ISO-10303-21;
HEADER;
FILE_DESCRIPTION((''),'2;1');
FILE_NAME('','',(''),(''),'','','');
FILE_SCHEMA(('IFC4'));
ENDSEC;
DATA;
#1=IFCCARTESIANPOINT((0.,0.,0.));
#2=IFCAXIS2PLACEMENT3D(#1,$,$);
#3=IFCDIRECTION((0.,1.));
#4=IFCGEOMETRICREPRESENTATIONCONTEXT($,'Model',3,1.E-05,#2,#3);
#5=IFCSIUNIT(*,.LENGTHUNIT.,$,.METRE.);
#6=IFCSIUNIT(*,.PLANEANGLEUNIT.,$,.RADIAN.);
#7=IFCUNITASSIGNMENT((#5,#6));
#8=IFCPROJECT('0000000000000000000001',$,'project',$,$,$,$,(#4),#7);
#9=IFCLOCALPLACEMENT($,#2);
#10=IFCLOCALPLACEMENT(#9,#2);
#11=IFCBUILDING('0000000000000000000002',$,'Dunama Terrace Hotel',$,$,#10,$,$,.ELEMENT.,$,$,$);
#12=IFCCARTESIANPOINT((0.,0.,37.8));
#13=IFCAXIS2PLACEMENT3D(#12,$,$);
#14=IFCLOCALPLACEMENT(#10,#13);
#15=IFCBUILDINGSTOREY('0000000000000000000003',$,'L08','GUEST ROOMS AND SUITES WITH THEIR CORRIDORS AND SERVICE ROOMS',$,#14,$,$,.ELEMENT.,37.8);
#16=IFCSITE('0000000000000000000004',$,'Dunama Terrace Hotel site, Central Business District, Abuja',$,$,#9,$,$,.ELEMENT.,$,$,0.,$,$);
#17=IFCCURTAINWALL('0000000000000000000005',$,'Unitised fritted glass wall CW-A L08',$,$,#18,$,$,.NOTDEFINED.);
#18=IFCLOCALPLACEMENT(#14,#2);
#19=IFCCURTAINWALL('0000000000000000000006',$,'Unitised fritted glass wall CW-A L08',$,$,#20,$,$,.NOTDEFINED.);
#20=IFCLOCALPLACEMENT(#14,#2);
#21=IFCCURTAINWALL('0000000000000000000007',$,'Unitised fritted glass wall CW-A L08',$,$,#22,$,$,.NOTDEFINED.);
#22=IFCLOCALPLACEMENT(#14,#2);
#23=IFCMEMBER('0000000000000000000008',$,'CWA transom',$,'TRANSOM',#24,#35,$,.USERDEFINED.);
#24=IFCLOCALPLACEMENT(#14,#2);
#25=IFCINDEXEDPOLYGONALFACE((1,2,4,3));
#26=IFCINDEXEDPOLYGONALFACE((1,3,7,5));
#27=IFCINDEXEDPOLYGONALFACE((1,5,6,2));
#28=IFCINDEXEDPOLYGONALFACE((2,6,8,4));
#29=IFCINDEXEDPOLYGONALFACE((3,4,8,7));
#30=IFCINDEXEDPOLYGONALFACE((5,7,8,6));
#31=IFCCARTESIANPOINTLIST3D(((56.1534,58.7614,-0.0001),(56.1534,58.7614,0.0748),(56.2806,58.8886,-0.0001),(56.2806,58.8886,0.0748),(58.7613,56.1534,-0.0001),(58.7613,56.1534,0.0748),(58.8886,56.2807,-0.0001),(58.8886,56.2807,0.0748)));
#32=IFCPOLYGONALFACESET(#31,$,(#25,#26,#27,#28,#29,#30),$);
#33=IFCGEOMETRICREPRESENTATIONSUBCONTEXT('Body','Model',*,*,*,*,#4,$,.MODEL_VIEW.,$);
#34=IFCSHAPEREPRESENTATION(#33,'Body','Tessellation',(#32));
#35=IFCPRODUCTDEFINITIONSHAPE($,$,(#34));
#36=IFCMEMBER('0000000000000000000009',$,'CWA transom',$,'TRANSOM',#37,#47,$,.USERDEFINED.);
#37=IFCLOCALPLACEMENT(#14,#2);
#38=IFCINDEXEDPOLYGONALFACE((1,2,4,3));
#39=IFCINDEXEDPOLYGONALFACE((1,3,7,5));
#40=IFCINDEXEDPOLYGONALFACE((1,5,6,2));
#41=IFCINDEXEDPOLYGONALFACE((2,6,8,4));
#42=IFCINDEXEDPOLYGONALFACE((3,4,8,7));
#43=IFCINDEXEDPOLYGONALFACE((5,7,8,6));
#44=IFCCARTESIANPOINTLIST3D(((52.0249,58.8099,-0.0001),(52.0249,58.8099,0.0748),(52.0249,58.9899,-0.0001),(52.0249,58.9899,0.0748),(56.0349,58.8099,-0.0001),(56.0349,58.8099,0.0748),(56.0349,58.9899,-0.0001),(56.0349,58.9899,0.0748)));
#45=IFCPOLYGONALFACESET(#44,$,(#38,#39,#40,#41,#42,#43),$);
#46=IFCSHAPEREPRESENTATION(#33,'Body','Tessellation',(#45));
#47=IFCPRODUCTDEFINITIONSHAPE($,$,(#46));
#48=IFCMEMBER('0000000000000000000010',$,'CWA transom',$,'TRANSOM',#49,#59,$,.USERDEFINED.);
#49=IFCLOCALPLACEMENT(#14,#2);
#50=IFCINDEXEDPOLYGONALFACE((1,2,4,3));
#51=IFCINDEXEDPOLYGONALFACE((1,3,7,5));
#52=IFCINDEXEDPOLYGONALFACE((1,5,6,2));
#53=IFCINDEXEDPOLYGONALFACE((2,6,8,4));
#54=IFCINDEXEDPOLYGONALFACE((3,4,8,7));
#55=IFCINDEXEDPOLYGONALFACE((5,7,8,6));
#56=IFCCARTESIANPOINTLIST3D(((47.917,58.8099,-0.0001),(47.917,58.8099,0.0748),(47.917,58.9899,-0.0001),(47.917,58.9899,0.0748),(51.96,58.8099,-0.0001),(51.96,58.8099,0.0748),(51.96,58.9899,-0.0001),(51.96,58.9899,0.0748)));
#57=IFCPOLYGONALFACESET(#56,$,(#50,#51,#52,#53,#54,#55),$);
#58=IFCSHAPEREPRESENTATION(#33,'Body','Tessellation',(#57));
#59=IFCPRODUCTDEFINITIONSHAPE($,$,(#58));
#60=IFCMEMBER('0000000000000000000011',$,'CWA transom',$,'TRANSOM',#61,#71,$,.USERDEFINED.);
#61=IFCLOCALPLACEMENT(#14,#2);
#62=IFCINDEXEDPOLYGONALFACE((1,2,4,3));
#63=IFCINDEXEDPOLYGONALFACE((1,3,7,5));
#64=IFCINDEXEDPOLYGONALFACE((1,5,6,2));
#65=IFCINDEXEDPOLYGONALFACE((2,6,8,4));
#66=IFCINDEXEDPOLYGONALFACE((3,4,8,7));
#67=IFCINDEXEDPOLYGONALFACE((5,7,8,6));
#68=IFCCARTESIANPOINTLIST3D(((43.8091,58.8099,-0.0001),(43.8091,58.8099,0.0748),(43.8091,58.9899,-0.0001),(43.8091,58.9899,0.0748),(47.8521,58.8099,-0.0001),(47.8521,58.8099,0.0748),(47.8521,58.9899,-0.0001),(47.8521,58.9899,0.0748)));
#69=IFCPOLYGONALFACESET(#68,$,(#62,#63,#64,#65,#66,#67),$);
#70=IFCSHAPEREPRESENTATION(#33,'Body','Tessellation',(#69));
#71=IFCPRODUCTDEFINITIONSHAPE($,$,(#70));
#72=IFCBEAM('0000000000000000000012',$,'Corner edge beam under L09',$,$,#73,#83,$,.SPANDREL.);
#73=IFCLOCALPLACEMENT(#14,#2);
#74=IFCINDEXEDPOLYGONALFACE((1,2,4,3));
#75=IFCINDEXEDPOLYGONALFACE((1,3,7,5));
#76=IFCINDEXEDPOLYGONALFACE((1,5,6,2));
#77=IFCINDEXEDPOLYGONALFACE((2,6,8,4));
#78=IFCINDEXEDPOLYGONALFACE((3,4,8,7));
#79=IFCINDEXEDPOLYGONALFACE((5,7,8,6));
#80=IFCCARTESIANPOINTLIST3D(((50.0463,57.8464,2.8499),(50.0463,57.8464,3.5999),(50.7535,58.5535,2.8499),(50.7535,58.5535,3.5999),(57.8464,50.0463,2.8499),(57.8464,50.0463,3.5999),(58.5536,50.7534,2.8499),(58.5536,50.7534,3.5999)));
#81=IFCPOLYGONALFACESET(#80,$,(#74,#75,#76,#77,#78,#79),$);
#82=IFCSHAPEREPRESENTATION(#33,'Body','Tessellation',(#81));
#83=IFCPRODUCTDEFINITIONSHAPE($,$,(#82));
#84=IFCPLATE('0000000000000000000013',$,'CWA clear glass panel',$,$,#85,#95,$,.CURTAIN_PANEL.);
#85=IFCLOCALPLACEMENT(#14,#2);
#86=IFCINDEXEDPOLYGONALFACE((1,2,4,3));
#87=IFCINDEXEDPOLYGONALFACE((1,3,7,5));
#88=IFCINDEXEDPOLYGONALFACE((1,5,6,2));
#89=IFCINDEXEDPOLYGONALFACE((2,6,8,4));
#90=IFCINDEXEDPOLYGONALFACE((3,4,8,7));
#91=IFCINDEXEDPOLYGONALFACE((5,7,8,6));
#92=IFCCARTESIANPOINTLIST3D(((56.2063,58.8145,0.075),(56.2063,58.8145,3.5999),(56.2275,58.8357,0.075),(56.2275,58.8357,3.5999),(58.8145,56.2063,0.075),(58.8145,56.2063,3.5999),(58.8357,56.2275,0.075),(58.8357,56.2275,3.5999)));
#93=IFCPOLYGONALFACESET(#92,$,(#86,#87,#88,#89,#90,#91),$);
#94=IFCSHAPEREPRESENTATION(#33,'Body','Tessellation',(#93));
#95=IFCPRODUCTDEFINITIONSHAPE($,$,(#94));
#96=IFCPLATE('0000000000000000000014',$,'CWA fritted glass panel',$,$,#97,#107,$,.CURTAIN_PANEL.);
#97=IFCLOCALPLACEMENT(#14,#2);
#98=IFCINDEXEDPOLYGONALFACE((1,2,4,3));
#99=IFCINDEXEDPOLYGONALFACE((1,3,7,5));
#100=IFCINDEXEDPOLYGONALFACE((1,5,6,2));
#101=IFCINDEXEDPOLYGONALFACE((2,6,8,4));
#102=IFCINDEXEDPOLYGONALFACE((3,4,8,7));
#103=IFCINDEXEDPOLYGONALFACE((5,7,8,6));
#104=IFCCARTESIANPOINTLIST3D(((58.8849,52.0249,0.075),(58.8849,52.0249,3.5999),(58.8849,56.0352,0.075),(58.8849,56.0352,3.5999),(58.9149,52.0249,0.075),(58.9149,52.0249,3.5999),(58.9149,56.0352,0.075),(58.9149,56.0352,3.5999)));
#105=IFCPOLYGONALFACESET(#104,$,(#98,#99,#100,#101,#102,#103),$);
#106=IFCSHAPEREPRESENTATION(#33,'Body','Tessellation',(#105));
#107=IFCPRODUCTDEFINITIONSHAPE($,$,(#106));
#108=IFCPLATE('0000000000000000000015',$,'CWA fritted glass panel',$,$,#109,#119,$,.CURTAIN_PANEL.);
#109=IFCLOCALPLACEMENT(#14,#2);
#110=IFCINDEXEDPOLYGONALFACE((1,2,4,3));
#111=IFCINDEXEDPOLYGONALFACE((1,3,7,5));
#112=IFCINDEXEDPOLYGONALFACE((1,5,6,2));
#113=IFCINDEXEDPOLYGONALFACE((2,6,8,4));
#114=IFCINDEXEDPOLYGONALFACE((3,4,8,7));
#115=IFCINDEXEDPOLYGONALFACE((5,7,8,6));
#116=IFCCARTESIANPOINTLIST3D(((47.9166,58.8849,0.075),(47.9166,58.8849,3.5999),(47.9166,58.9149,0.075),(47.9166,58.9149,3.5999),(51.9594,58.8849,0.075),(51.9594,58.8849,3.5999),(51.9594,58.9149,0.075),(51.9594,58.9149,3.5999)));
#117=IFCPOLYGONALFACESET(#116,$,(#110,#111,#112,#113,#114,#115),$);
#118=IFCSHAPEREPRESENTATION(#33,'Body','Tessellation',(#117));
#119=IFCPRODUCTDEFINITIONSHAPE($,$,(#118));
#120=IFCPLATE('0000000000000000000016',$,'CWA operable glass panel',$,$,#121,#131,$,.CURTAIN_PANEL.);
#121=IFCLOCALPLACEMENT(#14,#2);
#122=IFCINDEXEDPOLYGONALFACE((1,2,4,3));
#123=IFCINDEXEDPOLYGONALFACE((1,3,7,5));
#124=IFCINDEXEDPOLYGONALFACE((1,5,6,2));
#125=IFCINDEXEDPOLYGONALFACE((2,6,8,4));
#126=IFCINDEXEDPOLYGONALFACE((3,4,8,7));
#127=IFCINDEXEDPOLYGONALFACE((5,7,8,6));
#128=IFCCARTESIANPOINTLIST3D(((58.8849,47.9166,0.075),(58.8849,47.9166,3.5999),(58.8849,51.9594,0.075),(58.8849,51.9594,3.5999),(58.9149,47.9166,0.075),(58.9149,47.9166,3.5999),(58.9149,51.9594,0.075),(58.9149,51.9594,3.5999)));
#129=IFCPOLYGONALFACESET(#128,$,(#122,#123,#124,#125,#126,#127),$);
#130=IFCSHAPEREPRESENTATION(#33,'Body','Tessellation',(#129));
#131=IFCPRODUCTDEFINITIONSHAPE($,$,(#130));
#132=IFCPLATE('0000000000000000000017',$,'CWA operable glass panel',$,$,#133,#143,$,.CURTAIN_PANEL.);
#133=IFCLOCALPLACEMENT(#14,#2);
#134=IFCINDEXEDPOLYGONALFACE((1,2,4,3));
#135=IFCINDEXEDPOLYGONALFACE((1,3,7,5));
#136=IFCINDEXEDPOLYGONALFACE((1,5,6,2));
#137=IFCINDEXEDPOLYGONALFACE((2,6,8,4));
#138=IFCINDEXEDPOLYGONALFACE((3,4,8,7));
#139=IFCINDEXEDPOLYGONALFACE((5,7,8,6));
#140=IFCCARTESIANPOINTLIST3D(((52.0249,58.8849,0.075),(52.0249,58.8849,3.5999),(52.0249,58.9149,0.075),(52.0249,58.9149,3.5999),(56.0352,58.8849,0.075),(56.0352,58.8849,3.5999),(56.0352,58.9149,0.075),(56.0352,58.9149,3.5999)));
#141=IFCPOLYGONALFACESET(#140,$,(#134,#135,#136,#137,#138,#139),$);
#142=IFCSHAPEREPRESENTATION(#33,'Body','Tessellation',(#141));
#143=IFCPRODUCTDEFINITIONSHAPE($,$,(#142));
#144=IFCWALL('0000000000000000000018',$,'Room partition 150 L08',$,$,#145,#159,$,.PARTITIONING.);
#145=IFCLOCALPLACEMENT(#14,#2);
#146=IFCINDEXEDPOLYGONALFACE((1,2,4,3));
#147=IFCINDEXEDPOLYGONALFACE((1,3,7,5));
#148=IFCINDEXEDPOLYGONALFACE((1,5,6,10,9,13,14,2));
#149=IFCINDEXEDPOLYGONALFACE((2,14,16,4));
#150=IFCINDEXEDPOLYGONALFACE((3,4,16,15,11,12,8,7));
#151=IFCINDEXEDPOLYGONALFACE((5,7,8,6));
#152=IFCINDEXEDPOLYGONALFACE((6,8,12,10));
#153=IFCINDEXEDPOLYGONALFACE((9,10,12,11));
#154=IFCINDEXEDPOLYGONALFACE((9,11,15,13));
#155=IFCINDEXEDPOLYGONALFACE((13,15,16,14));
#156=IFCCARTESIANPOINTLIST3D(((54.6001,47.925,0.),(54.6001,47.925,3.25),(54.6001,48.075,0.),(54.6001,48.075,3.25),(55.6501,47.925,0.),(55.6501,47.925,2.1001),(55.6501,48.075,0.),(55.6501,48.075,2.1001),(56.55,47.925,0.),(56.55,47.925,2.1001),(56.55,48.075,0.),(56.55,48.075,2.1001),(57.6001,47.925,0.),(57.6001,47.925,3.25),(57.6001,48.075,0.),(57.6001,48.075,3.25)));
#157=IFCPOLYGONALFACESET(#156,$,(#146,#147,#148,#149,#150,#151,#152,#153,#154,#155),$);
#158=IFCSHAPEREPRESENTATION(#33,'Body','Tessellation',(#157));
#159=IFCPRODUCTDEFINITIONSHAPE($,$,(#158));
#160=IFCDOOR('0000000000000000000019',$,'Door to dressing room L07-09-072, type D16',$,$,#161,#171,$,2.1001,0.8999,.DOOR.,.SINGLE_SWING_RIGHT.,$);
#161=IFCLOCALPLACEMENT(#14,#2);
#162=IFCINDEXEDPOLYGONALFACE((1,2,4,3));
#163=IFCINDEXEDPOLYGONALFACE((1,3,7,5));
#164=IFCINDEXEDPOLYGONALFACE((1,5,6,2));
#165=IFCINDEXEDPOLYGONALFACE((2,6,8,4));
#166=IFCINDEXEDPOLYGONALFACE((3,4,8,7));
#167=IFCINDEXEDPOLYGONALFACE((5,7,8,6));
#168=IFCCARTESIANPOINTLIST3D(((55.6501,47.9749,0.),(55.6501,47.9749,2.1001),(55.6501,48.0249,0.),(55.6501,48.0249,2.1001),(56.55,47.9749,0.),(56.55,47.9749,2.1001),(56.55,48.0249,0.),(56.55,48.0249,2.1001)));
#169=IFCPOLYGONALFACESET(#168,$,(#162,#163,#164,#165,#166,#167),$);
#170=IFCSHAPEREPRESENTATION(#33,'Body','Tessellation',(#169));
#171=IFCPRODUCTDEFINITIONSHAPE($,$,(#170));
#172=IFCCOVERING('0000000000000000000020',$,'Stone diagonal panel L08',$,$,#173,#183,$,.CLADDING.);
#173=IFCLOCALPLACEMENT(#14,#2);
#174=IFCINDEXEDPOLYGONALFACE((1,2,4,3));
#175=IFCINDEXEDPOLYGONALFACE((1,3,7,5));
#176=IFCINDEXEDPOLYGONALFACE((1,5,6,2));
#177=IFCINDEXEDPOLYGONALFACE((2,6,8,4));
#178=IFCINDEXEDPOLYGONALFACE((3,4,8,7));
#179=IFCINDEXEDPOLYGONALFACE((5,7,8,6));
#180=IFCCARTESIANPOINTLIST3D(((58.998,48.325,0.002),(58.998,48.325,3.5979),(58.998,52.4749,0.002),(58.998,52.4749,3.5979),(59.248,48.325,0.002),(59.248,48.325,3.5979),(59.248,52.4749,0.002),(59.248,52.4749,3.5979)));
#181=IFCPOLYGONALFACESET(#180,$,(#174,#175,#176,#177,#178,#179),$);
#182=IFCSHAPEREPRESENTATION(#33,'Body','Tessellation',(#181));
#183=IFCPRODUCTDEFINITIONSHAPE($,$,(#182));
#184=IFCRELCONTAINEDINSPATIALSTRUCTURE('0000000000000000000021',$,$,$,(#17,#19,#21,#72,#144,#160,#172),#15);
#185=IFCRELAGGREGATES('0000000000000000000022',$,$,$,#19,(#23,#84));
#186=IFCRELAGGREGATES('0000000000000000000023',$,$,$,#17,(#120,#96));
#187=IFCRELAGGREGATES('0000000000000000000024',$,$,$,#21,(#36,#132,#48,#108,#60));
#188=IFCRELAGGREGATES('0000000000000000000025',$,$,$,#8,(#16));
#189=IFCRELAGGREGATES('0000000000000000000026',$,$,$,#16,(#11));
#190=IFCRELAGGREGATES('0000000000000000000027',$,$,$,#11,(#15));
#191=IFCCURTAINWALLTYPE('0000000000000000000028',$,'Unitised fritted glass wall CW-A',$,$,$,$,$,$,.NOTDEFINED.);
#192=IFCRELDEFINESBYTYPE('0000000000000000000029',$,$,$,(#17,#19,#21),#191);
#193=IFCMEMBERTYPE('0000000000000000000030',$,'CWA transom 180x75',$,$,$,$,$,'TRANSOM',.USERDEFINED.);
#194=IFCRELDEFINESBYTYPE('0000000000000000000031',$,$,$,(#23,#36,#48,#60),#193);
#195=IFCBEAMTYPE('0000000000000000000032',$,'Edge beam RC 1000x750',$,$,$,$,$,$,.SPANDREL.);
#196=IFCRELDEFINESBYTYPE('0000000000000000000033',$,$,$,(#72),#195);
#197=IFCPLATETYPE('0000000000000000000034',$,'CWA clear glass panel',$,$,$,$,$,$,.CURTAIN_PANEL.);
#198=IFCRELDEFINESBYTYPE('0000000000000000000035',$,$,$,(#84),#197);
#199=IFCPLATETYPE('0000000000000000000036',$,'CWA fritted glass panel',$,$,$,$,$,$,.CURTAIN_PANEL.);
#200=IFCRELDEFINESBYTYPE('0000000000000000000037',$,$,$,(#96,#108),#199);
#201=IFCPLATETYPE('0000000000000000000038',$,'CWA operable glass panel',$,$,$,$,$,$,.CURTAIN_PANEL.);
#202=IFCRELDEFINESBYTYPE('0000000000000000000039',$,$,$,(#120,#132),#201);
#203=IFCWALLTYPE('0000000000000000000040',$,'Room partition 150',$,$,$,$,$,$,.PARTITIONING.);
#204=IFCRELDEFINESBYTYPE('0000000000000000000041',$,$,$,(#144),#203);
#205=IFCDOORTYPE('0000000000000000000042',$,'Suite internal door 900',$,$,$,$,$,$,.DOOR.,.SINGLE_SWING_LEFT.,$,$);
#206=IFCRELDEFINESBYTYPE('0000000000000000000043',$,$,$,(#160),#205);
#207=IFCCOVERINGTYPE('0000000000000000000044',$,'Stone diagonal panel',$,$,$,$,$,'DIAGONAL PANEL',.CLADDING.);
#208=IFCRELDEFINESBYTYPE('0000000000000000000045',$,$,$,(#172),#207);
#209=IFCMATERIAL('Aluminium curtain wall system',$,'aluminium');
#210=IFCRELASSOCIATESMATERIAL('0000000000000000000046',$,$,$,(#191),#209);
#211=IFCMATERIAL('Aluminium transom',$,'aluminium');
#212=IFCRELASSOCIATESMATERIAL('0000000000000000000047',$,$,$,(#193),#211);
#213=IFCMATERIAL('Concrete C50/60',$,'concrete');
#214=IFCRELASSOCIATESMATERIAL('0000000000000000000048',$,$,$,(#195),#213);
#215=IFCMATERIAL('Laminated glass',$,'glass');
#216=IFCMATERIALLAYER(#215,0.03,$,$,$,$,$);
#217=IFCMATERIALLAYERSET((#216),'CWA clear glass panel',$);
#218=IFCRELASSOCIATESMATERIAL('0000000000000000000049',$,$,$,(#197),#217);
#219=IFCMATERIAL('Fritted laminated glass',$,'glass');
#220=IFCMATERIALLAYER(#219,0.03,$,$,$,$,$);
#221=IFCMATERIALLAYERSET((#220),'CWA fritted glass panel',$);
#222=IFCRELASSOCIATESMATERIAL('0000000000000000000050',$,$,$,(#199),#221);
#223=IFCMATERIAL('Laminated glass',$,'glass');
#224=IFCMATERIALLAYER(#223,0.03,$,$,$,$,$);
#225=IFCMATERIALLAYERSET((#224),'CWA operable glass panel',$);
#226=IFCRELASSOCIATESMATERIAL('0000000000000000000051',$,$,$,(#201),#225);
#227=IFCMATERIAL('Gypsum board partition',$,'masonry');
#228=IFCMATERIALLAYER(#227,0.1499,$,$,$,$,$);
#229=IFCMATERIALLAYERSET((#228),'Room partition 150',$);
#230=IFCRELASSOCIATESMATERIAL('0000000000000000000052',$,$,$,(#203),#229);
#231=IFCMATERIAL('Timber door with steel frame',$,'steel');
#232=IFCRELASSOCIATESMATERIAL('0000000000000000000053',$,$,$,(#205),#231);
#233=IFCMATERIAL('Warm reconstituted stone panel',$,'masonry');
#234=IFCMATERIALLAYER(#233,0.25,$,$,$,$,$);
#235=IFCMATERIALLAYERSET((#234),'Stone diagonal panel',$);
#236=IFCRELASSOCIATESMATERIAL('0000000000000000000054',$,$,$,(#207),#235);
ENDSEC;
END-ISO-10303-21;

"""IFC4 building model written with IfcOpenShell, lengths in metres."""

from ifc_helpers import new_model, si_unit, direction, frame, frame_2d, origin, origin_2d, place, context, subcontext, project, spatial, rectangle, extrude, material, layer, layer_set, material_profile, profile_set, type_object, element, fill, aggregate, save


model = new_model("IFC4")

# Units and contexts
model_context = context("Model", 3, precision=1e-05, world=origin(), true_north=direction((0.0, 1.0)))
body_context = subcontext(model_context, "Body", "Model", "MODEL_VIEW")
ifc_project = project(units=[si_unit("LENGTHUNIT", "METRE"), si_unit("PLANEANGLEUNIT", "RADIAN")], contexts=[model_context])

# Site, building, storey
site_placement = place(None, origin())
site = spatial("IfcSite", under=ifc_project, at=site_placement, Name="Dunama Terrace Hotel site, Central Business District, Abuja", CompositionType="ELEMENT", RefElevation=0.0)
building_placement = place(site_placement, origin())
building = spatial("IfcBuilding", under=site, at=building_placement, Name="Dunama Terrace Hotel", CompositionType="ELEMENT")
storey_placement = place(building_placement, frame((0.0, 0.0, 37.8)))
storey = spatial("IfcBuildingStorey", under=building, at=storey_placement, Name="L08", Description="GUEST ROOMS AND SUITES WITH THEIR CORRIDORS AND SERVICE ROOMS", CompositionType="ELEMENT", Elevation=37.8)

# Curtain walls
ifc_material_1 = material(Name="Aluminium curtain wall system", Category="aluminium")
curtain_wall_type = type_object("IfcCurtainWallType", Name="Unitised fritted glass wall CW-A", PredefinedType="NOTDEFINED", material=ifc_material_1)
curtain_wall_1_placement = place(storey_placement, origin())
curtain_wall_1 = element("IfcCurtainWall", 1, at=curtain_wall_1_placement, inside=storey, type_object=curtain_wall_type, Name="Unitised fritted glass wall CW-A L08", PredefinedType="NOTDEFINED")
curtain_wall_2_placement = place(storey_placement, origin())
curtain_wall_2 = element("IfcCurtainWall", 2, at=curtain_wall_2_placement, inside=storey, type_object=curtain_wall_type, Name="Unitised fritted glass wall CW-A L08", PredefinedType="NOTDEFINED")
curtain_wall_3_placement = place(storey_placement, origin())
curtain_wall_3 = element("IfcCurtainWall", 3, at=curtain_wall_3_placement, inside=storey, type_object=curtain_wall_type, Name="Unitised fritted glass wall CW-A L08", PredefinedType="NOTDEFINED")

# Members
ifc_material_2 = material(Name="Aluminium transom", Category="aluminium")
ifc_material_profile_1 = material_profile(ifc_material_2, rectangle(XDim=0.1799, YDim=0.075, at=origin_2d()), Name="CWA TRANSOM 180X75")
ifc_profile_set_1 = profile_set([ifc_material_profile_1], Name="Aluminium transom")
member_type_1 = type_object("IfcMemberType", Name="CWA transom 180x75", ElementType="TRANSOM", PredefinedType="USERDEFINED", material=ifc_profile_set_1)
member_1_placement = place(storey_placement, frame((58.825, 56.217, 0.0374), z_axis=(-0.707107, 0.707107, 0.0), x_axis=(-0.707107, -0.707107, 0.0)))
member_1 = element("IfcMember", 4, at=member_1_placement, type_object=member_type_1, Name="CWA transom", ObjectType="TRANSOM", PredefinedType="USERDEFINED", context=body_context, shape_type="SweptSolid", body=[
    extrude(rectangle(XDim=0.1799, YDim=0.075, at=origin_2d()), origin(), (0.0, 0.0, 1.0), 3.6882),
])
member_2_placement = place(storey_placement, frame((56.0349, 58.8999, 0.0374), z_axis=(-1.0, 0.0, 0.0), x_axis=(0.0, -1.0, 0.0)))
member_2 = element("IfcMember", 5, at=member_2_placement, type_object=member_type_1, Name="CWA transom", ObjectType="TRANSOM", PredefinedType="USERDEFINED", context=body_context, shape_type="SweptSolid", body=[
    extrude(rectangle(XDim=0.1799, YDim=0.075, at=origin_2d()), origin(), (0.0, 0.0, 1.0), 4.01),
])
member_3_placement = place(storey_placement, frame((51.96, 58.8999, 0.0374), z_axis=(-1.0, 0.0, 0.0), x_axis=(0.0, -1.0, 0.0)))
member_3 = element("IfcMember", 6, at=member_3_placement, type_object=member_type_1, Name="CWA transom", ObjectType="TRANSOM", PredefinedType="USERDEFINED", context=body_context, shape_type="SweptSolid", body=[
    extrude(rectangle(XDim=0.1799, YDim=0.075, at=origin_2d()), origin(), (0.0, 0.0, 1.0), 4.043),
])
member_4_placement = place(storey_placement, frame((47.8521, 58.8999, 0.0374), z_axis=(-1.0, 0.0, 0.0), x_axis=(0.0, -1.0, 0.0)))
member_4 = element("IfcMember", 7, at=member_4_placement, type_object=member_type_1, Name="CWA transom", ObjectType="TRANSOM", PredefinedType="USERDEFINED", context=body_context, shape_type="SweptSolid", body=[
    extrude(rectangle(XDim=0.1799, YDim=0.075, at=origin_2d()), origin(), (0.0, 0.0, 1.0), 4.043),
])

# Beam
ifc_material_3 = material(Name="Concrete C50/60", Category="concrete")
ifc_material_profile_2 = material_profile(ifc_material_3, rectangle(XDim=1.0, YDim=0.75, at=origin_2d()), Name="RC 1000x750")
ifc_profile_set_2 = profile_set([ifc_material_profile_2], Name="Concrete C50/60")
beam_type = type_object("IfcBeamType", Name="Edge beam RC 1000x750", PredefinedType="SPANDREL", material=ifc_profile_set_2)
beam_placement = place(storey_placement, frame((50.3999, 58.2, 3.2249), z_axis=(0.707107, -0.707107, 0.0), x_axis=(0.707107, 0.707107, 0.0)))
element("IfcBeam", 8, at=beam_placement, inside=storey, type_object=beam_type, Name="Corner edge beam under L09", PredefinedType="SPANDREL", context=body_context, shape_type="SweptSolid", body=[
    extrude(rectangle(XDim=1.0, YDim=0.75, at=origin_2d()), origin(), (0.0, 0.0, 1.0), 11.031),
])

# Plates
ifc_material_4 = material(Name="Laminated glass", Category="glass")
ifc_layer_1 = layer(ifc_material_4, 0.03)
ifc_layer_set_1 = layer_set([ifc_layer_1], Name="CWA clear glass panel")
plate_type_1 = type_object("IfcPlateType", Name="CWA clear glass panel", PredefinedType="CURTAIN_PANEL", material=ifc_layer_set_1)
plate_1_placement = place(storey_placement, frame((57.521, 57.521, 0.075), z_axis=(0.0, 0.0, 1.0), x_axis=(-0.707107, 0.707107, 0.0)))
plate_1 = element("IfcPlate", 9, at=plate_1_placement, type_object=plate_type_1, Name="CWA clear glass panel", PredefinedType="CURTAIN_PANEL", context=body_context, shape_type="SweptSolid", body=[
    extrude(rectangle(XDim=3.6885, YDim=0.03, at=origin_2d()), origin(), (0.0, 0.0, 1.0), 3.5249),
])
aggregate(curtain_wall_2, [member_1, plate_1])
ifc_material_5 = material(Name="Fritted laminated glass", Category="glass")
ifc_layer_2 = layer(ifc_material_5, 0.03)
ifc_layer_set_2 = layer_set([ifc_layer_2], Name="CWA fritted glass panel")
plate_type_2 = type_object("IfcPlateType", Name="CWA fritted glass panel", PredefinedType="CURTAIN_PANEL", material=ifc_layer_set_2)
plate_2_placement = place(storey_placement, frame((58.8999, 54.03, 0.075), z_axis=(0.0, 0.0, 1.0), x_axis=(0.0, 1.0, 0.0)))
plate_2 = element("IfcPlate", 10, at=plate_2_placement, type_object=plate_type_2, Name="CWA fritted glass panel", PredefinedType="CURTAIN_PANEL", context=body_context, shape_type="SweptSolid", body=[
    extrude(rectangle(XDim=4.0103, YDim=0.03, at=origin_2d()), origin(), (0.0, 0.0, 1.0), 3.5249),
])
plate_3_placement = place(storey_placement, frame((49.938, 58.8999, 0.075), z_axis=(0.0, 0.0, 1.0), x_axis=(-1.0, 0.0, 0.0)))
plate_3 = element("IfcPlate", 11, at=plate_3_placement, type_object=plate_type_2, Name="CWA fritted glass panel", PredefinedType="CURTAIN_PANEL", context=body_context, shape_type="SweptSolid", body=[
    extrude(rectangle(XDim=4.0427, YDim=0.03, at=origin_2d()), origin(), (0.0, 0.0, 1.0), 3.5249),
])
ifc_material_6 = material(Name="Laminated glass", Category="glass")
ifc_layer_3 = layer(ifc_material_6, 0.03)
ifc_layer_set_3 = layer_set([ifc_layer_3], Name="CWA operable glass panel")
plate_type_3 = type_object("IfcPlateType", Name="CWA operable glass panel", PredefinedType="CURTAIN_PANEL", material=ifc_layer_set_3)
plate_4_placement = place(storey_placement, frame((58.8999, 49.938, 0.075), z_axis=(0.0, 0.0, 1.0), x_axis=(0.0, 1.0, 0.0)))
plate_4 = element("IfcPlate", 12, at=plate_4_placement, type_object=plate_type_3, Name="CWA operable glass panel", PredefinedType="CURTAIN_PANEL", context=body_context, shape_type="SweptSolid", body=[
    extrude(rectangle(XDim=4.0427, YDim=0.03, at=origin_2d()), origin(), (0.0, 0.0, 1.0), 3.5249),
])
aggregate(curtain_wall_1, [plate_4, plate_2])
plate_5_placement = place(storey_placement, frame((54.03, 58.8999, 0.075), z_axis=(0.0, 0.0, 1.0), x_axis=(-1.0, 0.0, 0.0)))
plate_5 = element("IfcPlate", 13, at=plate_5_placement, type_object=plate_type_3, Name="CWA operable glass panel", PredefinedType="CURTAIN_PANEL", context=body_context, shape_type="SweptSolid", body=[
    extrude(rectangle(XDim=4.0103, YDim=0.03, at=origin_2d()), origin(), (0.0, 0.0, 1.0), 3.5249),
])
aggregate(curtain_wall_3, [member_2, plate_5, member_3, plate_3, member_4])

# Wall, opening, door
ifc_material_7 = material(Name="Gypsum board partition", Category="masonry")
ifc_layer_4 = layer(ifc_material_7, 0.1499)
ifc_layer_set_4 = layer_set([ifc_layer_4], Name="Room partition 150")
wall_type = type_object("IfcWallType", Name="Room partition 150", PredefinedType="PARTITIONING", material=ifc_layer_set_4)
wall_placement = place(storey_placement, frame((54.6001, 48.0, 0.0), z_axis=(0.0, 0.0, 1.0), x_axis=(1.0, 0.0, 0.0)))
wall = element("IfcWall", 14, at=wall_placement, inside=storey, type_object=wall_type, Name="Room partition 150 L08", PredefinedType="PARTITIONING", context=body_context, shape_type="SweptSolid", body=[
    extrude(rectangle(XDim=3.0, YDim=0.1499, at=frame_2d((1.5, 0.0))), origin(), (0.0, 0.0, 1.0), 3.25),
])
opening_placement = place(wall_placement, frame((1.05, 0.0, 0.0)))
opening = element("IfcOpeningElement", 15, at=opening_placement, cuts=wall, PredefinedType="OPENING", context=body_context, shape_type="SweptSolid", body=[
    extrude(rectangle(XDim=0.8999, YDim=2.1001, at=frame_2d((0.45, 1.05))), frame((0.0, 0.085, 0.0), z_axis=(0.0, -1.0, 0.0), x_axis=(1.0, 0.0, 0.0)), (0.0, 0.0, 1.0), 0.1699),
])
ifc_material_8 = material(Name="Timber door with steel frame", Category="steel")
door_type = type_object("IfcDoorType", Name="Suite internal door 900", OperationType="SINGLE_SWING_LEFT", PredefinedType="DOOR", material=ifc_material_8)
door_placement = place(opening_placement, frame((0.8999, 0.0, 0.0), z_axis=(0.0, 0.0, 1.0), x_axis=(-1.0, 0.0, 0.0)))
door = element("IfcDoor", 16, at=door_placement, inside=storey, type_object=door_type, Name="Door to dressing room L07-09-072, type D16", OperationType="SINGLE_SWING_RIGHT", OverallHeight=2.1001, OverallWidth=0.8999, PredefinedType="DOOR", context=body_context, shape_type="SweptSolid", body=[
    extrude(rectangle(XDim=0.8999, YDim=2.1001, at=frame_2d((0.45, 1.05))), frame((0.0, 0.0251, 0.0), z_axis=(0.0, -1.0, 0.0), x_axis=(1.0, 0.0, 0.0)), (0.0, 0.0, 1.0), 0.05),
])
fill(opening, door)

# Covering
ifc_material_9 = material(Name="Warm reconstituted stone panel", Category="masonry")
ifc_layer_5 = layer(ifc_material_9, 0.25)
ifc_layer_set_5 = layer_set([ifc_layer_5], Name="Stone diagonal panel")
covering_type = type_object("IfcCoveringType", Name="Stone diagonal panel", ElementType="DIAGONAL PANEL", PredefinedType="CLADDING", material=ifc_layer_set_5)
covering_1_placement = place(storey_placement, frame((59.123, 50.3999, 0.002), z_axis=(0.0, 0.0, 1.0), x_axis=(0.0, 1.0, 0.0)))
element("IfcCovering", 17, at=covering_1_placement, inside=storey, type_object=covering_type, Name="Stone diagonal panel L08", PredefinedType="CLADDING", context=body_context, shape_type="SweptSolid", body=[
    extrude(rectangle(XDim=4.1499, YDim=0.25, at=origin_2d()), origin(), (0.0, 0.0, 1.0), 3.5959),
])

save(model, "model.ifc")
